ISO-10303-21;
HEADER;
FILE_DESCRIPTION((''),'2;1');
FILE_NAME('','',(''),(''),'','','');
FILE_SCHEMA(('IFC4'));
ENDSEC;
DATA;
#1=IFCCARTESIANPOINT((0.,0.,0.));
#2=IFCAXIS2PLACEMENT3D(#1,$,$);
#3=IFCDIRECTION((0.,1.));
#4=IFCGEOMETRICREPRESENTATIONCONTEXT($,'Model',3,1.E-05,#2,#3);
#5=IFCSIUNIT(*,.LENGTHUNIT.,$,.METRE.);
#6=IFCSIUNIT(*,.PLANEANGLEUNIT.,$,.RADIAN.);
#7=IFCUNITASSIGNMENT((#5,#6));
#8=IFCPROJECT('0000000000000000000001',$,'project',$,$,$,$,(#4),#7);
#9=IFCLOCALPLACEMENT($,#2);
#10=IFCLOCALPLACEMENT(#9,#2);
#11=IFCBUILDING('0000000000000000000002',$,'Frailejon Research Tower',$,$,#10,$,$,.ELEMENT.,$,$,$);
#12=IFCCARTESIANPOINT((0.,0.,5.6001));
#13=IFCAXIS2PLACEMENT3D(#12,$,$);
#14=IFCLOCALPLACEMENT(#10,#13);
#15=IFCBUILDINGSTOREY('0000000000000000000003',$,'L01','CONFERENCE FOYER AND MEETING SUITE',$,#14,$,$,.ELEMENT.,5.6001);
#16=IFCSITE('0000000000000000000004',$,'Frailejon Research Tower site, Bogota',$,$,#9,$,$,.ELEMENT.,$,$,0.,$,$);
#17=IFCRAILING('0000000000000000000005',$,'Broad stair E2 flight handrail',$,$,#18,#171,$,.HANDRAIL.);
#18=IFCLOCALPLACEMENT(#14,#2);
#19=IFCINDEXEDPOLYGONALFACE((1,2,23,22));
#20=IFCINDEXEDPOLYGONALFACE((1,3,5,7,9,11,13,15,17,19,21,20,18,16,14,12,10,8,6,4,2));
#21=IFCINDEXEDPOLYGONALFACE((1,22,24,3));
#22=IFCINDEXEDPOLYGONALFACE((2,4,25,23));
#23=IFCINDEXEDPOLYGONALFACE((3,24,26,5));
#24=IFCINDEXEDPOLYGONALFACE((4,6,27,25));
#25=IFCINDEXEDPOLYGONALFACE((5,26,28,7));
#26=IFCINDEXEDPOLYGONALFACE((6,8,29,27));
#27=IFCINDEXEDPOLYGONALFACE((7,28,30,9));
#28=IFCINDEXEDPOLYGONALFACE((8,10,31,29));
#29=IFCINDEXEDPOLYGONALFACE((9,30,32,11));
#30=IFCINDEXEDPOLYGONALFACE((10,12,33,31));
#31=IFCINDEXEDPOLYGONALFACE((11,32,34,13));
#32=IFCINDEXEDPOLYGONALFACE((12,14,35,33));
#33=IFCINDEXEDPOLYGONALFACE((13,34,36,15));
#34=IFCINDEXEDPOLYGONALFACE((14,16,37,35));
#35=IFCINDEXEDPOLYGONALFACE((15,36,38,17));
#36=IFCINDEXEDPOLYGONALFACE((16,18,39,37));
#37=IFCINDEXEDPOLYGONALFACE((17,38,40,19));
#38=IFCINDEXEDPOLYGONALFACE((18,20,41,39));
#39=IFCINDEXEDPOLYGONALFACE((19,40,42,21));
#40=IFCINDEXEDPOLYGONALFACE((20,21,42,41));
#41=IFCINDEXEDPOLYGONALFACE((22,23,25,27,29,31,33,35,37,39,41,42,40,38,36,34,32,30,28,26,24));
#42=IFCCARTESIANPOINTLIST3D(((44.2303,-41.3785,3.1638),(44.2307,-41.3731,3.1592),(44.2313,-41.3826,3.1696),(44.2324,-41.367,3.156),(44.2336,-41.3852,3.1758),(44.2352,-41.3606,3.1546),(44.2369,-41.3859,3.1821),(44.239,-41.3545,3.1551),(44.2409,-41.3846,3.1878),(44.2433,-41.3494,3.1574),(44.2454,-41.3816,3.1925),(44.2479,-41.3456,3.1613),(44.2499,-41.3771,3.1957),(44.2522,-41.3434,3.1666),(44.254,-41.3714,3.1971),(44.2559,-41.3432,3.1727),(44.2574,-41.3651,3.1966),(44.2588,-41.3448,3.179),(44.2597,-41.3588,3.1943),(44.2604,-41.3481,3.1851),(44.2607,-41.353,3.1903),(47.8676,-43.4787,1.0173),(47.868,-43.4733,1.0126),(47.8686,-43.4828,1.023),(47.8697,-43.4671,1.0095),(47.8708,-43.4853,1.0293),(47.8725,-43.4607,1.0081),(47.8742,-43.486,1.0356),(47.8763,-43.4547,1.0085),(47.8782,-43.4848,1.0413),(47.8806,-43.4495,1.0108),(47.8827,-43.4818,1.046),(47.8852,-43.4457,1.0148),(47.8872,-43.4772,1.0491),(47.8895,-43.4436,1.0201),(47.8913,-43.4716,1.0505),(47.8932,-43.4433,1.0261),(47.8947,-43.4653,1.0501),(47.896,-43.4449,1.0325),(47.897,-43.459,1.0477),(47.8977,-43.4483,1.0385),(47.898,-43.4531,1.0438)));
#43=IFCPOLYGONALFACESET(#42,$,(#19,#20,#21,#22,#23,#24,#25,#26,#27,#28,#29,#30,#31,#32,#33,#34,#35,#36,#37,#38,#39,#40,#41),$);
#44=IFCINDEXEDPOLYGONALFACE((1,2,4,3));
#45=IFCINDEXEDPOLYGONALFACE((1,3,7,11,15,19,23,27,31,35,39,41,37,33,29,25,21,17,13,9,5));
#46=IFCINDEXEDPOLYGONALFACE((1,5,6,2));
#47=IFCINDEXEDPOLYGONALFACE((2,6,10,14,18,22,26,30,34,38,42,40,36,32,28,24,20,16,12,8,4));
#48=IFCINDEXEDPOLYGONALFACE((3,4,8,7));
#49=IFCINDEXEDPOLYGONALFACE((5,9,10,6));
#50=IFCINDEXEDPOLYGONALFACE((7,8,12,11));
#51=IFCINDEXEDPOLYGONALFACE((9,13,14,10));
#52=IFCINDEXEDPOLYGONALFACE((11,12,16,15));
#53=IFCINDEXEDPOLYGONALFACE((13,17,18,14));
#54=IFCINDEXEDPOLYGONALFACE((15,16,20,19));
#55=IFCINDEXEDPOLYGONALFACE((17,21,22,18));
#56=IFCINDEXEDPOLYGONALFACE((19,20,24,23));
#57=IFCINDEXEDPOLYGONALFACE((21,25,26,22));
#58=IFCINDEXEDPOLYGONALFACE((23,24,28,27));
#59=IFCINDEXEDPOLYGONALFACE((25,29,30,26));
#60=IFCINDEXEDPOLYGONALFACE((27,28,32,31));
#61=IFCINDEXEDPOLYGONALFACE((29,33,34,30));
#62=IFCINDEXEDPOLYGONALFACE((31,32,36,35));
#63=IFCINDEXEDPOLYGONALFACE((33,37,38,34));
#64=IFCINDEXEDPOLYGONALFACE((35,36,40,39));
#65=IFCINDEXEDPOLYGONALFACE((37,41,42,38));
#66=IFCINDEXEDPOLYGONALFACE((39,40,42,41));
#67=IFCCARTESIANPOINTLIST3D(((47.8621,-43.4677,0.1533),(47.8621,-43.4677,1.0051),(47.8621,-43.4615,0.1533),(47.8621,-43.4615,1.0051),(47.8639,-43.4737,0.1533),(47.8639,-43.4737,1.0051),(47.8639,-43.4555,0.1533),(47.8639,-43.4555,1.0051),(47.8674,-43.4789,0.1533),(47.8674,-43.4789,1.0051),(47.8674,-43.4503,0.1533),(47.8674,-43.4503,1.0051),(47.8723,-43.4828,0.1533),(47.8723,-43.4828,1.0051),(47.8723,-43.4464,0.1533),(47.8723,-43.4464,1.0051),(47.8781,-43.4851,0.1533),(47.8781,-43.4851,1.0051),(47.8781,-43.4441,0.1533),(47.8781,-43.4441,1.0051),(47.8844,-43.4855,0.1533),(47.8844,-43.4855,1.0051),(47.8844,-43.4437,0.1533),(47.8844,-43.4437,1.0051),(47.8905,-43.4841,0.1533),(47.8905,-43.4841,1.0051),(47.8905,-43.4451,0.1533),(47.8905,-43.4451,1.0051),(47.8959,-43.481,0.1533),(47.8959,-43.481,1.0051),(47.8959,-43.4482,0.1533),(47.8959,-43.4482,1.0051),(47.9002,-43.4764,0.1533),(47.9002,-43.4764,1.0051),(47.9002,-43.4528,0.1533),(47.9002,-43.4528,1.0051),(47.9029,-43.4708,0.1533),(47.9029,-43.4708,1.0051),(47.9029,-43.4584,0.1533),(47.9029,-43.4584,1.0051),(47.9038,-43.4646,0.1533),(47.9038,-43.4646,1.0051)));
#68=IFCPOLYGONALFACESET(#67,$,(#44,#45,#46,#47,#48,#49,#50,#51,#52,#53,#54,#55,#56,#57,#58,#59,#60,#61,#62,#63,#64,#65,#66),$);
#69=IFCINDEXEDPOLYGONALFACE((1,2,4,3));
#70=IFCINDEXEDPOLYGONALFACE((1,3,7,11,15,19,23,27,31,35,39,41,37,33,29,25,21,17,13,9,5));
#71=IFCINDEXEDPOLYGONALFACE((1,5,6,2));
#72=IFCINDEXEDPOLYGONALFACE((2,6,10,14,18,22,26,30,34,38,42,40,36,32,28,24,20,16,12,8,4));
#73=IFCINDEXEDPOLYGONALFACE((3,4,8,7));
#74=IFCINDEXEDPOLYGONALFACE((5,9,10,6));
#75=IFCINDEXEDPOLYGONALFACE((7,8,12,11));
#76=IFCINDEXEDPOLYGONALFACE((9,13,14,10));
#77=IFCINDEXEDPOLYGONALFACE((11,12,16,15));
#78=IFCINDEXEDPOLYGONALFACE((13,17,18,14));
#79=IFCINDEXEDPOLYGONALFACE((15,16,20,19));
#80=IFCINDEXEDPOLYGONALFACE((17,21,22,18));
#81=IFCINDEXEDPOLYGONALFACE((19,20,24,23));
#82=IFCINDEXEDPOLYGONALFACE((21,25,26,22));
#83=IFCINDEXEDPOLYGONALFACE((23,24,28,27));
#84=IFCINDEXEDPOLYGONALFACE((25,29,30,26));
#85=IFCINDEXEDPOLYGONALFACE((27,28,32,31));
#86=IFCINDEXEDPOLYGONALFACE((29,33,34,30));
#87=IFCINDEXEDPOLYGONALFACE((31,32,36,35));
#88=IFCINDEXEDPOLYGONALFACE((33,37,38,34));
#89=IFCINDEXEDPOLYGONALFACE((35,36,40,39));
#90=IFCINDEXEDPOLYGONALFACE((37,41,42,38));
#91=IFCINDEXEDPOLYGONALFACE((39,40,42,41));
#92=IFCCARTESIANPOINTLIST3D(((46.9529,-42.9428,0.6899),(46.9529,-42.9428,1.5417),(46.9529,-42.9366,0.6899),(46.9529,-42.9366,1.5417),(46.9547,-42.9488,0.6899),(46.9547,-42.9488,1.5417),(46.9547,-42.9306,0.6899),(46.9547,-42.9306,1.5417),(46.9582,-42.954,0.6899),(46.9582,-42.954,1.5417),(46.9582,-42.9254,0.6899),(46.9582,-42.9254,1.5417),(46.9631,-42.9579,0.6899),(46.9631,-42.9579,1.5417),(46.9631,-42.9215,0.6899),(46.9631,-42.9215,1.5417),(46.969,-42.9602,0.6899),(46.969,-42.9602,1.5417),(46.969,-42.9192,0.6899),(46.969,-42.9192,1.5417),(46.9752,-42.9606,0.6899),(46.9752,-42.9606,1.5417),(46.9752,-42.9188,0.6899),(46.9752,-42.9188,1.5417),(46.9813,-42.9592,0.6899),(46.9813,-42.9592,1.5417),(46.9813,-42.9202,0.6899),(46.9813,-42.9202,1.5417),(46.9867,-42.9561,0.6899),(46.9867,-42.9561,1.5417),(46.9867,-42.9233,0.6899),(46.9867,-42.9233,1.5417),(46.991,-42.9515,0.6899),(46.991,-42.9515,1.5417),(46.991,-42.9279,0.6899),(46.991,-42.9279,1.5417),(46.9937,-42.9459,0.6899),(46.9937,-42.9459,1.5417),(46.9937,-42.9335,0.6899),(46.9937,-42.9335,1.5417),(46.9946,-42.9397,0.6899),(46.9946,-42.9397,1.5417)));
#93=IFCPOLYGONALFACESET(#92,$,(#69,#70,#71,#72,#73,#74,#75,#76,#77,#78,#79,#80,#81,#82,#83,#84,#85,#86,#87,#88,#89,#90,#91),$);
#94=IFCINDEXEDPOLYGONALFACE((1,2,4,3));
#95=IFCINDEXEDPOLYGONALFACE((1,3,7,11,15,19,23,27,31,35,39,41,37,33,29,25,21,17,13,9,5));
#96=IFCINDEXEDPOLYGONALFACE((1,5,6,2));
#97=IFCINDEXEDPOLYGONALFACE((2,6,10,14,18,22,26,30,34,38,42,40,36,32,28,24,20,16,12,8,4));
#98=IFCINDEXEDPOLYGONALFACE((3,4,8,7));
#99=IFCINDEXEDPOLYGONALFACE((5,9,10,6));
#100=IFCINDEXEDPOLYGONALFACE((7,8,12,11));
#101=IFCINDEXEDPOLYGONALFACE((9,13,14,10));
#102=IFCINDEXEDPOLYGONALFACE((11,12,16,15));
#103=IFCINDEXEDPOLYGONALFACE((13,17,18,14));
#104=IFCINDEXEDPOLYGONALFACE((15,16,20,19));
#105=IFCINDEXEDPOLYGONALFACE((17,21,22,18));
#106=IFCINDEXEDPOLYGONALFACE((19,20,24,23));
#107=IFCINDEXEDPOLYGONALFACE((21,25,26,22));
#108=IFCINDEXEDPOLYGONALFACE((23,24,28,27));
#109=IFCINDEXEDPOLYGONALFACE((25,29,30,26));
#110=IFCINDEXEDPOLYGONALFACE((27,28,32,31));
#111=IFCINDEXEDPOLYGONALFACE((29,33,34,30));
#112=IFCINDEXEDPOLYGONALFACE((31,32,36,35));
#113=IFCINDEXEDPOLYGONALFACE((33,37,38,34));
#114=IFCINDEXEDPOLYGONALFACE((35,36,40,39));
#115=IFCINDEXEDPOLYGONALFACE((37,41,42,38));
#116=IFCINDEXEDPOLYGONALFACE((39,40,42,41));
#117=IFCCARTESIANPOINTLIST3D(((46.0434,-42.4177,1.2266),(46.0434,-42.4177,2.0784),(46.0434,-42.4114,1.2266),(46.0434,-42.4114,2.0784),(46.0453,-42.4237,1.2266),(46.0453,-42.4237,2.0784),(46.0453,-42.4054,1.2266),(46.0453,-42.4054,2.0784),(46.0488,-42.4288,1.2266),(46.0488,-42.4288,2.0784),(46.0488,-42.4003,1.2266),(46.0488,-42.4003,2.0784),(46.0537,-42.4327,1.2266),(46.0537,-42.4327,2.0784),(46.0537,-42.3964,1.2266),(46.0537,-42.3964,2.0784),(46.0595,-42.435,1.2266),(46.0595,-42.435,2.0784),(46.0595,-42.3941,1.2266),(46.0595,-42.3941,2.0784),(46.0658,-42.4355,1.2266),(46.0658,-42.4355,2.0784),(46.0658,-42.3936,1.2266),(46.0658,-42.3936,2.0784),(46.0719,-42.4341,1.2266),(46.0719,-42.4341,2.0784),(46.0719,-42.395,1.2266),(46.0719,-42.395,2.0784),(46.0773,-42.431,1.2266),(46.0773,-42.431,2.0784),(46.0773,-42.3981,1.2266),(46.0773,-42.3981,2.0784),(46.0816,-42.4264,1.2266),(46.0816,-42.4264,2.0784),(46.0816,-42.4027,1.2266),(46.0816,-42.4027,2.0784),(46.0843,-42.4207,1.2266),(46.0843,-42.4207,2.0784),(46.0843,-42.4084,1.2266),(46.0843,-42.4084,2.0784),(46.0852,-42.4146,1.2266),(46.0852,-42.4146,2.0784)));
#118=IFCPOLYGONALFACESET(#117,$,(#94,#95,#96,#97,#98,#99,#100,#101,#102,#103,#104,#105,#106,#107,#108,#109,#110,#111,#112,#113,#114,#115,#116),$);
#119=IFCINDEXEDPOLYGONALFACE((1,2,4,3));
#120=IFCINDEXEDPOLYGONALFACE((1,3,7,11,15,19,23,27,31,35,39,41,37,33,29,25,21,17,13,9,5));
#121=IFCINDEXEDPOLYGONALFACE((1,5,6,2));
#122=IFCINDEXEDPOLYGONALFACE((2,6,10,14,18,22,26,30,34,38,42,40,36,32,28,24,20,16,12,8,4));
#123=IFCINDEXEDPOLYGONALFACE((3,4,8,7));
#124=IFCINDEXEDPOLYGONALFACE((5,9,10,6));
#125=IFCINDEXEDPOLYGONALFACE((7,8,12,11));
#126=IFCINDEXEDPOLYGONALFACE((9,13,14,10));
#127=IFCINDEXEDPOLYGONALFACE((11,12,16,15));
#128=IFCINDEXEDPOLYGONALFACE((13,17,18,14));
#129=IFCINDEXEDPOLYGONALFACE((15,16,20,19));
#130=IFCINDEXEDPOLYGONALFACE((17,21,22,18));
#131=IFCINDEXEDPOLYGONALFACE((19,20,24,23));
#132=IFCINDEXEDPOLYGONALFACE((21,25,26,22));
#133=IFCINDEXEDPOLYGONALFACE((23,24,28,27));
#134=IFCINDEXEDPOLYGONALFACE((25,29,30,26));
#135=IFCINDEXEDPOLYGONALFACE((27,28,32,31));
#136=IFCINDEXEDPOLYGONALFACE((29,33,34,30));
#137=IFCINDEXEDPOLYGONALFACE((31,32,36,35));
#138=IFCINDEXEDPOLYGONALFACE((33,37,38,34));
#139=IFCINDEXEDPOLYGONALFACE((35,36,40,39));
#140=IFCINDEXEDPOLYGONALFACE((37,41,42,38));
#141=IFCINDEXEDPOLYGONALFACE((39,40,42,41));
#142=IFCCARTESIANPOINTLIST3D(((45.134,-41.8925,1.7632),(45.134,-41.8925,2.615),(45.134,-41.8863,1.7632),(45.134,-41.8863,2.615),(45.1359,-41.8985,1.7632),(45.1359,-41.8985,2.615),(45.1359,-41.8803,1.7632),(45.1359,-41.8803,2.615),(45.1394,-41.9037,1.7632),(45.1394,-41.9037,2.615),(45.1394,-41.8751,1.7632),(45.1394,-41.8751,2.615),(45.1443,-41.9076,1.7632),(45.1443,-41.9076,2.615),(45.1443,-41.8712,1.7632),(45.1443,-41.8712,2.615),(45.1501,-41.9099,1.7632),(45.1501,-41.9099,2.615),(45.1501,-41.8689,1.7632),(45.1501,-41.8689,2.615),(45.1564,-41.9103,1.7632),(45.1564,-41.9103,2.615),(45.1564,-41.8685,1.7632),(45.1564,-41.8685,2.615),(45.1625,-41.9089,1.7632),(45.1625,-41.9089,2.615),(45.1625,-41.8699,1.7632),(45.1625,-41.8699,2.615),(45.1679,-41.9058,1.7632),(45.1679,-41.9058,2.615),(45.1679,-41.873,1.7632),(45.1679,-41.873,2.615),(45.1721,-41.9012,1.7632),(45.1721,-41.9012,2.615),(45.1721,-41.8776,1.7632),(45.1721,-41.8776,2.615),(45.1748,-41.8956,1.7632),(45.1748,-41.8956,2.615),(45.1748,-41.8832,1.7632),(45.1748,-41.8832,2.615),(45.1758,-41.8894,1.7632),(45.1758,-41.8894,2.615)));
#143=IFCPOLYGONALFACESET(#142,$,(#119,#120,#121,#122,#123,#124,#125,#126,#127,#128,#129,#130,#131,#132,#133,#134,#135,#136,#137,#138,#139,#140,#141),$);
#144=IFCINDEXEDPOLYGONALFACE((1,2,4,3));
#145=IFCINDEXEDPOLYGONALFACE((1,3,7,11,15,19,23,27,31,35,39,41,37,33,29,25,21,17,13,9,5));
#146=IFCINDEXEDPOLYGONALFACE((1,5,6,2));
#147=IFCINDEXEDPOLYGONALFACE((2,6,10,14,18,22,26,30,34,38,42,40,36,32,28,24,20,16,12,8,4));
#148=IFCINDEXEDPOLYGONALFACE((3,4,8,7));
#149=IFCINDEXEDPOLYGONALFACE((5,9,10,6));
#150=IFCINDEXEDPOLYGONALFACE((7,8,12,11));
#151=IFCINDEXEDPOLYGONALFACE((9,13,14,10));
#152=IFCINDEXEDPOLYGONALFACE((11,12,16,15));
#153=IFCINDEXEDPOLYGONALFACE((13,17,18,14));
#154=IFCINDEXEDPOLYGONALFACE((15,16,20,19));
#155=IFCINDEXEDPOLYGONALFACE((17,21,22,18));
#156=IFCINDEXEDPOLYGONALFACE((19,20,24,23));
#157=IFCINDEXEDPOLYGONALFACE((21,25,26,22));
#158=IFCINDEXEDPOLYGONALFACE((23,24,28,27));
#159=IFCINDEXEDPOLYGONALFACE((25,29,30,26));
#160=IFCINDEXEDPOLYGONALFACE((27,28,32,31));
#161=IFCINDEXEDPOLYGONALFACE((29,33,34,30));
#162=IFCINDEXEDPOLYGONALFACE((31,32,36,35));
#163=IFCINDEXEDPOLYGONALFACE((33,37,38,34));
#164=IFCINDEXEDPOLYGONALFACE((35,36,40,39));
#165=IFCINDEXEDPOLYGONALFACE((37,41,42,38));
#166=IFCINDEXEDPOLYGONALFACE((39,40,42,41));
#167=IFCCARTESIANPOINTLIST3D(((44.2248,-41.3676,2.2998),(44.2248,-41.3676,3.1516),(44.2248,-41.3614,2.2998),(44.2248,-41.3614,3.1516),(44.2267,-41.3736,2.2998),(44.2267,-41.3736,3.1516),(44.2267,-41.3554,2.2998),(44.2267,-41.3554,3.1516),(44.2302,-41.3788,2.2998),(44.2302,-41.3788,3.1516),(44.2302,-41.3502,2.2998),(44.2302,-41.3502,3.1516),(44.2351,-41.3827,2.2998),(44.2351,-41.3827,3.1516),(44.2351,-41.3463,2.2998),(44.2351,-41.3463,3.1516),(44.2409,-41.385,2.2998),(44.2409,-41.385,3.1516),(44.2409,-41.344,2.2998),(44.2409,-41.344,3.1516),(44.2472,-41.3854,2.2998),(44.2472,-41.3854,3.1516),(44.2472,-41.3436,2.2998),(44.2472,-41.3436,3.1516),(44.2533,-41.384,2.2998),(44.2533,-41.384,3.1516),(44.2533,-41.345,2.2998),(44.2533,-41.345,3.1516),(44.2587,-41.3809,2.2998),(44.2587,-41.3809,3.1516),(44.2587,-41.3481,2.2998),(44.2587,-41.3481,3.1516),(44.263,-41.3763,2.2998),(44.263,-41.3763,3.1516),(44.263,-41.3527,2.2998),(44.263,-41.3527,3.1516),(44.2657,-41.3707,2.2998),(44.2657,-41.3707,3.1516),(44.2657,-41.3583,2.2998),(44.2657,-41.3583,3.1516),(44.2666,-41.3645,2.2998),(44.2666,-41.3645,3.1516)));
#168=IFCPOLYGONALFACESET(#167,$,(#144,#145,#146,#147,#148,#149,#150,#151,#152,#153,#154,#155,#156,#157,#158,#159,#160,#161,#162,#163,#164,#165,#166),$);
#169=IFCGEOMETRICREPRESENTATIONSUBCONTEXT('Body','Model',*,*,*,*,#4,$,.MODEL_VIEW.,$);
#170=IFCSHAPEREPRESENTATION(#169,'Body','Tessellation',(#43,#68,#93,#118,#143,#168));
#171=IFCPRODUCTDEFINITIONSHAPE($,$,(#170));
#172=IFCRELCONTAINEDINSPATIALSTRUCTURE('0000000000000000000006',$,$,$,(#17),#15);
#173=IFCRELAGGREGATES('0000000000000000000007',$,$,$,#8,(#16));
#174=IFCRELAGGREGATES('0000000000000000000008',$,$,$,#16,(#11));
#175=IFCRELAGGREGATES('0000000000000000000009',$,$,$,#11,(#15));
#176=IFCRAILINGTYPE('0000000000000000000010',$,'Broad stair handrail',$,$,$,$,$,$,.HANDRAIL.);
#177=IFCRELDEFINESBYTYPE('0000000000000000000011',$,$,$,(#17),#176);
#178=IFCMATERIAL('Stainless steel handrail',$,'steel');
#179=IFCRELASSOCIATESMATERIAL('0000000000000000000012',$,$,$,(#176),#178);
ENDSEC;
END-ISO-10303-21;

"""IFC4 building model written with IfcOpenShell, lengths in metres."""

from ifc_helpers import new_model, si_unit, direction, frame, origin, origin_2d, place, context, subcontext, project, spatial, circle, extrude, material, type_object, element, save


model = new_model("IFC4")

# Units and contexts
model_context = context("Model", 3, precision=1e-05, world=origin(), true_north=direction((0.0, 1.0)))
body_context = subcontext(model_context, "Body", "Model", "MODEL_VIEW")
ifc_project = project(units=[si_unit("LENGTHUNIT", "METRE"), si_unit("PLANEANGLEUNIT", "RADIAN")], contexts=[model_context])

# Site, building, storey
site_placement = place(None, origin())
site = spatial("IfcSite", under=ifc_project, at=site_placement, Name="Frailejon Research Tower site, Bogota", CompositionType="ELEMENT", RefElevation=0.0)
building_placement = place(site_placement, origin())
building = spatial("IfcBuilding", under=site, at=building_placement, Name="Frailejon Research Tower", CompositionType="ELEMENT")
storey_placement = place(building_placement, frame((0.0, 0.0, 5.6001)))
storey = spatial("IfcBuildingStorey", under=building, at=storey_placement, Name="L01", Description="CONFERENCE FOYER AND MEETING SUITE", CompositionType="ELEMENT", Elevation=5.6001)

# Railing
ifc_material_1 = material(Name="Stainless steel handrail", Category="steel")
railing_type_1 = type_object("IfcRailingType", Name="Broad stair handrail", PredefinedType="HANDRAIL", material=ifc_material_1)
railing_1_placement = place(storey_placement, frame((47.8828, -43.4646, 0.1533)))
element("IfcRailing", 1, at=railing_1_placement, inside=storey, type_object=railing_type_1, Name="Broad stair E2 flight handrail", PredefinedType="HANDRAIL", context=body_context, shape_type="SweptSolid", body=[
    extrude(circle(Radius=0.0239, at=origin_2d()), frame((0.0, 0.0, 0.876), z_axis=(-0.771137, 0.445249, 0.455084), x_axis=(-0.500028, -0.866009, 0.0)), (0.0, 0.0, 1.0), 4.7168),
    extrude(circle(Radius=0.021, at=origin_2d()), origin(), (0.0, 0.0, 1.0), 0.8518),
    extrude(circle(Radius=0.021, at=origin_2d()), frame((-0.9092, 0.5249, 0.5366)), (0.0, 0.0, 1.0), 0.8518),
    extrude(circle(Radius=0.021, at=origin_2d()), frame((-1.8186, 1.05, 1.0732)), (0.0, 0.0, 1.0), 0.8518),
    extrude(circle(Radius=0.021, at=origin_2d()), frame((-2.728, 1.5752, 1.6099)), (0.0, 0.0, 1.0), 0.8518),
    extrude(circle(Radius=0.021, at=origin_2d()), frame((-3.6372, 2.1001, 2.1465)), (0.0, 0.0, 1.0), 0.8518),
])

save(model, "model.ifc")
